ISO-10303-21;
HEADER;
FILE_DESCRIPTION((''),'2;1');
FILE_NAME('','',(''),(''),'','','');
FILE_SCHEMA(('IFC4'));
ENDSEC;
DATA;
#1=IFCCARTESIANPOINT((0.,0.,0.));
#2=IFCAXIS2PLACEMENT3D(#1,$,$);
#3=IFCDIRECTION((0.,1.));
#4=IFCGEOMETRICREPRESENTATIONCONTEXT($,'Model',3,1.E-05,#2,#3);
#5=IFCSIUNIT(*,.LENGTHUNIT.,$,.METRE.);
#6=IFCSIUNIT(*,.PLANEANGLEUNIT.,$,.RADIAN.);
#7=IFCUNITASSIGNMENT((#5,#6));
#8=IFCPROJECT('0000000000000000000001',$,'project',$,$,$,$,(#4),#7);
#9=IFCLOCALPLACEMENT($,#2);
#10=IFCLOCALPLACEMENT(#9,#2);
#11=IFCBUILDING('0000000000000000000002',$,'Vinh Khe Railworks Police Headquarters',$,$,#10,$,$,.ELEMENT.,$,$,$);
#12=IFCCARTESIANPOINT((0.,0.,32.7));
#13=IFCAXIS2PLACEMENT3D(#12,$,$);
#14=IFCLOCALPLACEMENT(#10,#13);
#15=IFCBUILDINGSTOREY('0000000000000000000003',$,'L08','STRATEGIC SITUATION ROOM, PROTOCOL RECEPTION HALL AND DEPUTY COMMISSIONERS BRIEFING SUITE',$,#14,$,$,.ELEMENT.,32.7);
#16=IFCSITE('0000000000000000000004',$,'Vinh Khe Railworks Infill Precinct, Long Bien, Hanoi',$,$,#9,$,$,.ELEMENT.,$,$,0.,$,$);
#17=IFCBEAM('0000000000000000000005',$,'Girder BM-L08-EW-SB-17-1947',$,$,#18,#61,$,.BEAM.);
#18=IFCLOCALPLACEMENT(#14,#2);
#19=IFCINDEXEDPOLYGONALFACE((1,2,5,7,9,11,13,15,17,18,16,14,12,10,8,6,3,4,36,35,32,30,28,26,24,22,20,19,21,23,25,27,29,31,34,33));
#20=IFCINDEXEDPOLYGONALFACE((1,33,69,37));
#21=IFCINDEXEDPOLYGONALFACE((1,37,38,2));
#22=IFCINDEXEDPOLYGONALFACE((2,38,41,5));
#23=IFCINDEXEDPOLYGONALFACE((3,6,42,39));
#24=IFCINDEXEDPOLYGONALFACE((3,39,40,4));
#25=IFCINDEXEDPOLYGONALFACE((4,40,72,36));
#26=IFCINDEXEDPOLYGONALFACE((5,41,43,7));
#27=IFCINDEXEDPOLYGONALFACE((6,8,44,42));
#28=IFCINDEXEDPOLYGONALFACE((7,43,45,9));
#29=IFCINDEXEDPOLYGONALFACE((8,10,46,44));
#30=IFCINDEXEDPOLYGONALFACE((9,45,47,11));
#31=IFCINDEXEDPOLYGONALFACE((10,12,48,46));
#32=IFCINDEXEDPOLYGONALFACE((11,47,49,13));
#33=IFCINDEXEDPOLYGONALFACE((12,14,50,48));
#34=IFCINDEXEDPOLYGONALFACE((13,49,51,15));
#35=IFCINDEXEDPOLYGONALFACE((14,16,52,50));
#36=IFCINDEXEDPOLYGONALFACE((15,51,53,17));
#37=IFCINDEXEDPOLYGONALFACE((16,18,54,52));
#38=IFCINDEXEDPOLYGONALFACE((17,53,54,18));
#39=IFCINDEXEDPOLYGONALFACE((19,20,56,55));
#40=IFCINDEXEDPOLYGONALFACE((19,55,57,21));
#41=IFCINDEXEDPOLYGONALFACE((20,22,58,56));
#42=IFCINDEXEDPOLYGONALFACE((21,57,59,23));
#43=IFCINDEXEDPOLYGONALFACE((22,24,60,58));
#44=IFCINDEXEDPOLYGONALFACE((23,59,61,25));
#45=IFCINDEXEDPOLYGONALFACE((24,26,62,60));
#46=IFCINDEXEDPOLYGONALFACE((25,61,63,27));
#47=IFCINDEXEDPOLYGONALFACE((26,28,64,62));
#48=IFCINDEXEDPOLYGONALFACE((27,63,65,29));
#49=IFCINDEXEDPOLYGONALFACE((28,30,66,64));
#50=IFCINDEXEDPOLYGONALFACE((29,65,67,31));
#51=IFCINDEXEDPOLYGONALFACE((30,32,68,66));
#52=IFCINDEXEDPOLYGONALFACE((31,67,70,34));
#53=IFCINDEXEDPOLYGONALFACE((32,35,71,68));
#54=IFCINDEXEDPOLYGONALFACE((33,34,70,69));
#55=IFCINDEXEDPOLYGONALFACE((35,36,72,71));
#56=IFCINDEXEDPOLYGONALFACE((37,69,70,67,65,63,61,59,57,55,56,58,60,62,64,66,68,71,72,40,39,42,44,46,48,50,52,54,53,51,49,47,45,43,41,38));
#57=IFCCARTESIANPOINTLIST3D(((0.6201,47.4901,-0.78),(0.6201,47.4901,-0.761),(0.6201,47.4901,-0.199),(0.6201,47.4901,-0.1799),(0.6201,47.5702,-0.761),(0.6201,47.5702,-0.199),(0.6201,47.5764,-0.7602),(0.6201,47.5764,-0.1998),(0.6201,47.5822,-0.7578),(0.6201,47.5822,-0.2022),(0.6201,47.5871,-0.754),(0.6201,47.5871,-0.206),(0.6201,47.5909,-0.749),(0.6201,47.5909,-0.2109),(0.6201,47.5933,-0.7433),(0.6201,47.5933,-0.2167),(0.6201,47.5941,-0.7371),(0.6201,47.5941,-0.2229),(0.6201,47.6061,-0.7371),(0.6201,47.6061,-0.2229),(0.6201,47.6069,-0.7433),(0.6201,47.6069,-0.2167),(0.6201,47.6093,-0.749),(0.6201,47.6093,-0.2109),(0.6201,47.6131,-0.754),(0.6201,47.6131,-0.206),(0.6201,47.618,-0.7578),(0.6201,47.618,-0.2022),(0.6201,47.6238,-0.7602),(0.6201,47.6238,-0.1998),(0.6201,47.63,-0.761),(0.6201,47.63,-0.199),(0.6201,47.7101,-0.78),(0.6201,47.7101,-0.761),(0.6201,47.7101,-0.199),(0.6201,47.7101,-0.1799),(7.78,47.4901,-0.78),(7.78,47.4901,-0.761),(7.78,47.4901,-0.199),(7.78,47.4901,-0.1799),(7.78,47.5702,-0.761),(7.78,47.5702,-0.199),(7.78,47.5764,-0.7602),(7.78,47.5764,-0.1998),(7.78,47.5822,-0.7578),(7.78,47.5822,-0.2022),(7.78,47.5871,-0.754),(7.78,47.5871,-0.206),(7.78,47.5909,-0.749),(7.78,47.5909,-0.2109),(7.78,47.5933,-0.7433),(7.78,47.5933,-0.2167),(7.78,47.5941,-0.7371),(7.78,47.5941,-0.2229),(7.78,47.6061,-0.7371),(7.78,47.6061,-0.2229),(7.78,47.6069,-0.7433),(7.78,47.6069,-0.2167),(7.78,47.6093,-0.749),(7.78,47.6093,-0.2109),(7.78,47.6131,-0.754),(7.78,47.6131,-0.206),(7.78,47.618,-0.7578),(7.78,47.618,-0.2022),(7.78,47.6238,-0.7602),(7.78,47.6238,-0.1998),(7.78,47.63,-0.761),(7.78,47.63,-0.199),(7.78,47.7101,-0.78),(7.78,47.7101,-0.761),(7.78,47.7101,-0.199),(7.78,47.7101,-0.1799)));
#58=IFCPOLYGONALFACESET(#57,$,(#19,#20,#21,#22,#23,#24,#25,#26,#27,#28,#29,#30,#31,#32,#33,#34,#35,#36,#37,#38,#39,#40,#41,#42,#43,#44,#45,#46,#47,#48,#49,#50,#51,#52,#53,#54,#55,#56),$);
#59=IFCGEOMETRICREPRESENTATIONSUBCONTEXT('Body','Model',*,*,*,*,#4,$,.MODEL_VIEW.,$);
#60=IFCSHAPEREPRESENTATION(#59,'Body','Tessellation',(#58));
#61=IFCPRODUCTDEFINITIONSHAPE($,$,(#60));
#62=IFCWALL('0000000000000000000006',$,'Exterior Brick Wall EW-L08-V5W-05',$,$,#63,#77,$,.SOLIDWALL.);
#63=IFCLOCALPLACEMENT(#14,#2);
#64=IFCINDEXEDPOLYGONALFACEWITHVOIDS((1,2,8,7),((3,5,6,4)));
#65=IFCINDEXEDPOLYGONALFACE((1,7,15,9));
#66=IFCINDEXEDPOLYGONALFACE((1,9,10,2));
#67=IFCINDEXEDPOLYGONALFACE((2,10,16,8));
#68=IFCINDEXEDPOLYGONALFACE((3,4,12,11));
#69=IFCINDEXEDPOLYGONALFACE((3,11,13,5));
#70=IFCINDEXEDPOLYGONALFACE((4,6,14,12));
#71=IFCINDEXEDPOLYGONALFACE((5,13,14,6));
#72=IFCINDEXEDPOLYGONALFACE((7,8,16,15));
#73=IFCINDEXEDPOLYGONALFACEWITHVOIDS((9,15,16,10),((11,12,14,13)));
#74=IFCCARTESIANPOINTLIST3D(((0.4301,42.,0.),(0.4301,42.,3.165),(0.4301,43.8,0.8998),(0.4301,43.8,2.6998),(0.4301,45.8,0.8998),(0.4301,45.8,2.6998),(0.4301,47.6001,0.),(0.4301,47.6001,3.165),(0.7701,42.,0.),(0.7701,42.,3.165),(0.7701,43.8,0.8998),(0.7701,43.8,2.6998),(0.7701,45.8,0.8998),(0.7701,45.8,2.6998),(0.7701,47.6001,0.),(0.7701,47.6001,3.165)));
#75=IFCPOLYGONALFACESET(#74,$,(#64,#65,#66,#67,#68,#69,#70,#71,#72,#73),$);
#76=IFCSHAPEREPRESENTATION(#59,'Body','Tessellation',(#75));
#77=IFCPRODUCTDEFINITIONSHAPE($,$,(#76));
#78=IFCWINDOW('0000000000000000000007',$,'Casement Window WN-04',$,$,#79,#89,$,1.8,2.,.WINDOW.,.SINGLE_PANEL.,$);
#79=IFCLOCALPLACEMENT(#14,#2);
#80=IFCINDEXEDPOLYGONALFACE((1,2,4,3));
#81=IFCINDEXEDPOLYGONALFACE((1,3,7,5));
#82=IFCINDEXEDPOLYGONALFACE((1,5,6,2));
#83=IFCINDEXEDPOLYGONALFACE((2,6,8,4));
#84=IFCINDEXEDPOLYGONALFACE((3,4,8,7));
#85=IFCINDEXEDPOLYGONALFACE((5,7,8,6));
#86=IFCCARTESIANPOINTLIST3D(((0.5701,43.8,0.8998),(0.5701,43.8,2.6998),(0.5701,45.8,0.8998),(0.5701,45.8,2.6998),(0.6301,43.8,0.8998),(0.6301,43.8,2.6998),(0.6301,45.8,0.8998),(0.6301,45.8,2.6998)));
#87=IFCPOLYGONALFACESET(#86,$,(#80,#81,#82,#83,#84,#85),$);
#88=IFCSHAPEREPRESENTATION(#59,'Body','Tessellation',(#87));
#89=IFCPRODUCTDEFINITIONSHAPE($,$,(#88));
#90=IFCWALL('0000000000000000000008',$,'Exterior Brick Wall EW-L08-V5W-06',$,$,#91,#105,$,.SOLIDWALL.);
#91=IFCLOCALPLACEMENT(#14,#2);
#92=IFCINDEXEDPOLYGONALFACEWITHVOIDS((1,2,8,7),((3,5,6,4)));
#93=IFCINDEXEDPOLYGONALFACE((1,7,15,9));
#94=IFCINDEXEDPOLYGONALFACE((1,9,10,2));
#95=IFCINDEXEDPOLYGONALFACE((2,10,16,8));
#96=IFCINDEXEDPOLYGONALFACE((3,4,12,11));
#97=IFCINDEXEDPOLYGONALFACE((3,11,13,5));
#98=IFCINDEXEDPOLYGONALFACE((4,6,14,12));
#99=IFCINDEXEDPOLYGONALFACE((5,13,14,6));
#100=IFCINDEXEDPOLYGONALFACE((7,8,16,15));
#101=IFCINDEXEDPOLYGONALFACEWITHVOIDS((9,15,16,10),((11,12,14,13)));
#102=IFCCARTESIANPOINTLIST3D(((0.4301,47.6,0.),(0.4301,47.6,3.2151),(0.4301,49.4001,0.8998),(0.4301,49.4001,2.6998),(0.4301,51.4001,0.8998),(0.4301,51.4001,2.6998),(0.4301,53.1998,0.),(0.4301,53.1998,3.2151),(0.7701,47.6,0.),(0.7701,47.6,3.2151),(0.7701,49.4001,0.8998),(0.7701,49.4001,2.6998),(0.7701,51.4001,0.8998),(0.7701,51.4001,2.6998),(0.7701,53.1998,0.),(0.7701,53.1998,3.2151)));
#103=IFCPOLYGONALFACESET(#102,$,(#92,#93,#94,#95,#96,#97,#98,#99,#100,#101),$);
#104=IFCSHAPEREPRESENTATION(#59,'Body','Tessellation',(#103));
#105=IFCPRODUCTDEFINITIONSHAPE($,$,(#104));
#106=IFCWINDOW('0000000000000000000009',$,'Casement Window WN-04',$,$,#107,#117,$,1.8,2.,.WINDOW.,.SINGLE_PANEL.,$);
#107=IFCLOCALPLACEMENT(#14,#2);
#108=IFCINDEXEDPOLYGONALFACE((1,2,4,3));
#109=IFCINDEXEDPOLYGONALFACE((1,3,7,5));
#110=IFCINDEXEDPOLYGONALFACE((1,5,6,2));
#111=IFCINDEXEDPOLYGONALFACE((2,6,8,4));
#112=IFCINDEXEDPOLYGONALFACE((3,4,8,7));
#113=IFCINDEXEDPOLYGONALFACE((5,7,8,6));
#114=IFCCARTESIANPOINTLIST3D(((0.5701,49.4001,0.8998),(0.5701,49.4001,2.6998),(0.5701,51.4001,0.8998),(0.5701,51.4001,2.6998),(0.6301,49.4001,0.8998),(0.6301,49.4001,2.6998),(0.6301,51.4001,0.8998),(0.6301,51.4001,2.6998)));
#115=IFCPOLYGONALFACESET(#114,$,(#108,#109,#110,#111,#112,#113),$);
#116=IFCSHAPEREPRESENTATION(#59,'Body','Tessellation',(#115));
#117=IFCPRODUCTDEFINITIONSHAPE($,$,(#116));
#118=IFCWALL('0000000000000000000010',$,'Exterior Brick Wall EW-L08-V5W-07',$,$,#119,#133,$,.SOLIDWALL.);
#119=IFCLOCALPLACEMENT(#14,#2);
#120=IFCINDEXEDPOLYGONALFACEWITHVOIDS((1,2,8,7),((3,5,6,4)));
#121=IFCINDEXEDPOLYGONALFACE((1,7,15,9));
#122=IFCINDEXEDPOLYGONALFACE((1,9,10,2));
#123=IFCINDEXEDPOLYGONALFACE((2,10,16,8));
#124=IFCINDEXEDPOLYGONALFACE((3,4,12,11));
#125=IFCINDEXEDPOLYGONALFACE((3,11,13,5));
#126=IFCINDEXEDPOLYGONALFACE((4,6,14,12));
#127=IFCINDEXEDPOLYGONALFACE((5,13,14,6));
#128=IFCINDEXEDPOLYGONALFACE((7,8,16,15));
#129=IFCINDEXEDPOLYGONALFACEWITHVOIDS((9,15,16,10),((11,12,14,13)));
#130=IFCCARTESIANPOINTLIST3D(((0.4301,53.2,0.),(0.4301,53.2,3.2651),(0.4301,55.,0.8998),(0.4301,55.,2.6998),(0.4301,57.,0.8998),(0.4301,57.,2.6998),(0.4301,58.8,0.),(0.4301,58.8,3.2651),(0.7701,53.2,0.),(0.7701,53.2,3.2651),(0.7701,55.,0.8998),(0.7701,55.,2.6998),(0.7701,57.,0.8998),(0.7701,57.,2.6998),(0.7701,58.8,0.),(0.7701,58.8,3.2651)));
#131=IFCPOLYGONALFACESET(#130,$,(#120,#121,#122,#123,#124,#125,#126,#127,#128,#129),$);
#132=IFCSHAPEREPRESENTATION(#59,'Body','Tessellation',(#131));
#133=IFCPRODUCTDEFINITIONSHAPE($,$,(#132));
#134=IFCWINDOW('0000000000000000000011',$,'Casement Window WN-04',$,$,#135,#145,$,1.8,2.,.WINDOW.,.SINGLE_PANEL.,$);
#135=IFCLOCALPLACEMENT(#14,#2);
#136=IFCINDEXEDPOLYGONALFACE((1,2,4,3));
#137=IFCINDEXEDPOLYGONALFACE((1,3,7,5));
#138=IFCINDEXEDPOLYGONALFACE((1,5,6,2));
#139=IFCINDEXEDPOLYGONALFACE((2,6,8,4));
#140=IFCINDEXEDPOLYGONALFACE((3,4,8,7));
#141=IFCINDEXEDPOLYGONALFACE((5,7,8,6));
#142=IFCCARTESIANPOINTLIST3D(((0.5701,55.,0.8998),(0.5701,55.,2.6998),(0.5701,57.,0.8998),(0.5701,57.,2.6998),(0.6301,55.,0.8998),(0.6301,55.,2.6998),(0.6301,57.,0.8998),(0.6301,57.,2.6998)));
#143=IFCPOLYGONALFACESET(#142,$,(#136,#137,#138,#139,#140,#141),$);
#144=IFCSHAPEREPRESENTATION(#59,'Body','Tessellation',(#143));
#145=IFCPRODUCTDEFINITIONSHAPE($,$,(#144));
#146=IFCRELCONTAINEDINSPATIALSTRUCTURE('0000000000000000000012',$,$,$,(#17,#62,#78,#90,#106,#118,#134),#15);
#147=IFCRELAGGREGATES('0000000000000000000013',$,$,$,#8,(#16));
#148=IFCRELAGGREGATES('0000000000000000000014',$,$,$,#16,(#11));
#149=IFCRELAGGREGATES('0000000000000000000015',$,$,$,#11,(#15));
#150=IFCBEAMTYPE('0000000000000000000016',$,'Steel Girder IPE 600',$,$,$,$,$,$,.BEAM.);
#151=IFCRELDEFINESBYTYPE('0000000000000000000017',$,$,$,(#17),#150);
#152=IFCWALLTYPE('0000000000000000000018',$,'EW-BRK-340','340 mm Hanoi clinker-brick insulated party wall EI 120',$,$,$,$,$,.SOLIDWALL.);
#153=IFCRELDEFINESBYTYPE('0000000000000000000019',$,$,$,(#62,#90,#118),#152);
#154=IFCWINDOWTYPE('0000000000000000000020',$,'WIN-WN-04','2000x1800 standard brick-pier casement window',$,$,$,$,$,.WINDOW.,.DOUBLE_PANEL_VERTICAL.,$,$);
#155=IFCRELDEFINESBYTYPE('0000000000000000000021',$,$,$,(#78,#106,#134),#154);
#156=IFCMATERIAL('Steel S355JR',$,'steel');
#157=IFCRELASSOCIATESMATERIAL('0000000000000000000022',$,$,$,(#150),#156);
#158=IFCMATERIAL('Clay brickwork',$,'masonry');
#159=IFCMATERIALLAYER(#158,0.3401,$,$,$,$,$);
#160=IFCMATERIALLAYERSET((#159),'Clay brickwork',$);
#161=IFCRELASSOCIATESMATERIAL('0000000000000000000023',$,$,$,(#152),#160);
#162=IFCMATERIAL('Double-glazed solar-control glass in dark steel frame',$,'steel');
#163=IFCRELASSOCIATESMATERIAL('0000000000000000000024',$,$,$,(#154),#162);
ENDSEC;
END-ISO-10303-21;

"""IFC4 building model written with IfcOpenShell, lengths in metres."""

from ifc_helpers import new_model, si_unit, direction, frame, frame_2d, origin, origin_2d, place, context, subcontext, project, spatial, rectangle, i_section, extrude, material, layer, layer_set, material_profile, profile_set, type_object, element, fill, save


model = new_model("IFC4")

# Units and contexts
model_context = context("Model", 3, precision=1e-05, world=origin(), true_north=direction((0.0, 1.0)))
body_context = subcontext(model_context, "Body", "Model", "MODEL_VIEW")
ifc_project = project(units=[si_unit("LENGTHUNIT", "METRE"), si_unit("PLANEANGLEUNIT", "RADIAN")], contexts=[model_context])

# Site, building, storey
site_placement = place(None, origin())
site = spatial("IfcSite", under=ifc_project, at=site_placement, Name="Vinh Khe Railworks Infill Precinct, Long Bien, Hanoi", CompositionType="ELEMENT", RefElevation=0.0)
building_placement = place(site_placement, origin())
building = spatial("IfcBuilding", under=site, at=building_placement, Name="Vinh Khe Railworks Police Headquarters", CompositionType="ELEMENT")
storey_placement = place(building_placement, frame((0.0, 0.0, 32.7)))
storey = spatial("IfcBuildingStorey", under=building, at=storey_placement, Name="L08", Description="STRATEGIC SITUATION ROOM, PROTOCOL RECEPTION HALL AND DEPUTY COMMISSIONERS BRIEFING SUITE", CompositionType="ELEMENT", Elevation=32.7)

# Shared definitions
ifc_material_1 = material(Name="Steel S355JR", Category="steel")

# Beam
ifc_material_profile_1 = material_profile(ifc_material_1, i_section(OverallWidth=0.22, OverallDepth=0.6001, WebThickness=0.012, FlangeThickness=0.019, FilletRadius=0.0239, at=origin_2d()), Name="IPE 600")
ifc_profile_set_1 = profile_set([ifc_material_profile_1], Name="Steel S355JR")
beam_type_1 = type_object("IfcBeamType", Name="Steel Girder IPE 600", PredefinedType="BEAM", material=ifc_profile_set_1)
beam_1_placement = place(storey_placement, frame((0.6201, 47.6001, -0.48), z_axis=(1.0, 0.0, 0.0), x_axis=(0.0, 1.0, 0.0)))
element("IfcBeam", 1, at=beam_1_placement, inside=storey, type_object=beam_type_1, Name="Girder BM-L08-EW-SB-17-1947", PredefinedType="BEAM", context=body_context, shape_type="SweptSolid", body=[
    extrude(i_section(OverallWidth=0.22, OverallDepth=0.6001, WebThickness=0.012, FlangeThickness=0.019, FilletRadius=0.0239, at=origin_2d()), origin(), (0.0, 0.0, 1.0), 7.1599),
])

# Walls, openings, windows
ifc_material_2 = material(Name="Clay brickwork", Category="masonry")
ifc_layer = layer(ifc_material_2, 0.3401)
ifc_layer_set = layer_set([ifc_layer], Name="Clay brickwork")
wall_type = type_object("IfcWallType", Name="EW-BRK-340", Description="340 mm Hanoi clinker-brick insulated party wall EI 120", PredefinedType="SOLIDWALL", material=ifc_layer_set)
wall_1_placement = place(storey_placement, frame((0.6001, 42.0, 0.0), z_axis=(0.0, 0.0, 1.0), x_axis=(0.0, 1.0, 0.0)))
wall_1 = element("IfcWall", 2, at=wall_1_placement, inside=storey, type_object=wall_type, Name="Exterior Brick Wall EW-L08-V5W-05", PredefinedType="SOLIDWALL", context=body_context, shape_type="SweptSolid", body=[
    extrude(rectangle(XDim=5.6001, YDim=0.3401, at=frame_2d((2.8, 0.0))), origin(), (0.0, 0.0, 1.0), 3.165),
])
opening_1_placement = place(wall_1_placement, frame((1.8, 0.0, 0.8999)))
opening_1 = element("IfcOpeningElement", 3, at=opening_1_placement, cuts=wall_1, PredefinedType="OPENING", context=body_context, shape_type="SweptSolid", body=[
    extrude(rectangle(XDim=2.0, YDim=1.8, at=frame_2d((1.0, 0.8999))), frame((0.0, 0.1851, 0.0), z_axis=(0.0, -1.0, 0.0), x_axis=(1.0, 0.0, 0.0)), (0.0, 0.0, 1.0), 0.3699),
])
ifc_material_3 = material(Name="Double-glazed solar-control glass in dark steel frame", Category="steel")
window_type = type_object("IfcWindowType", Name="WIN-WN-04", Description="2000x1800 standard brick-pier casement window", PartitioningType="DOUBLE_PANEL_VERTICAL", PredefinedType="WINDOW", material=ifc_material_3)
window_1_placement = place(opening_1_placement, origin())
window_1 = element("IfcWindow", 4, at=window_1_placement, inside=storey, type_object=window_type, Name="Casement Window WN-04", OverallHeight=1.8, OverallWidth=2.0, PartitioningType="SINGLE_PANEL", PredefinedType="WINDOW", context=body_context, shape_type="SweptSolid", body=[
    extrude(rectangle(XDim=2.0, YDim=1.8, at=frame_2d((1.0, 0.8999))), frame((0.0, 0.03, 0.0), z_axis=(0.0, -1.0, 0.0), x_axis=(1.0, 0.0, 0.0)), (0.0, 0.0, 1.0), 0.0601),
])
fill(opening_1, window_1)
wall_2_placement = place(storey_placement, frame((0.6001, 47.6001, 0.0), z_axis=(0.0, 0.0, 1.0), x_axis=(0.0, 1.0, 0.0)))
wall_2 = element("IfcWall", 5, at=wall_2_placement, inside=storey, type_object=wall_type, Name="Exterior Brick Wall EW-L08-V5W-06", PredefinedType="SOLIDWALL", context=body_context, shape_type="SweptSolid", body=[
    extrude(rectangle(XDim=5.5999, YDim=0.3401, at=frame_2d((2.7998, 0.0))), origin(), (0.0, 0.0, 1.0), 3.2151),
])
opening_2_placement = place(wall_2_placement, frame((1.8, 0.0, 0.8999)))
opening_2 = element("IfcOpeningElement", 6, at=opening_2_placement, cuts=wall_2, PredefinedType="OPENING", context=body_context, shape_type="SweptSolid", body=[
    extrude(rectangle(XDim=2.0, YDim=1.8, at=frame_2d((1.0, 0.8999))), frame((0.0, 0.1851, 0.0), z_axis=(0.0, -1.0, 0.0), x_axis=(1.0, 0.0, 0.0)), (0.0, 0.0, 1.0), 0.3699),
])
window_2_placement = place(opening_2_placement, origin())
window_2 = element("IfcWindow", 7, at=window_2_placement, inside=storey, type_object=window_type, Name="Casement Window WN-04", OverallHeight=1.8, OverallWidth=2.0, PartitioningType="SINGLE_PANEL", PredefinedType="WINDOW", context=body_context, shape_type="SweptSolid", body=[
    extrude(rectangle(XDim=2.0, YDim=1.8, at=frame_2d((1.0, 0.8999))), frame((0.0, 0.03, 0.0), z_axis=(0.0, -1.0, 0.0), x_axis=(1.0, 0.0, 0.0)), (0.0, 0.0, 1.0), 0.0601),
])
fill(opening_2, window_2)
wall_3_placement = place(storey_placement, frame((0.6001, 53.2, 0.0), z_axis=(0.0, 0.0, 1.0), x_axis=(0.0, 1.0, 0.0)))
wall_3 = element("IfcWall", 8, at=wall_3_placement, inside=storey, type_object=wall_type, Name="Exterior Brick Wall EW-L08-V5W-07", PredefinedType="SOLIDWALL", context=body_context, shape_type="SweptSolid", body=[
    extrude(rectangle(XDim=5.6001, YDim=0.3401, at=frame_2d((2.8, 0.0))), origin(), (0.0, 0.0, 1.0), 3.2651),
])
opening_3_placement = place(wall_3_placement, frame((1.8, 0.0, 0.8999)))
opening_3 = element("IfcOpeningElement", 9, at=opening_3_placement, cuts=wall_3, PredefinedType="OPENING", context=body_context, shape_type="SweptSolid", body=[
    extrude(rectangle(XDim=2.0, YDim=1.8, at=frame_2d((1.0, 0.8999))), frame((0.0, 0.1851, 0.0), z_axis=(0.0, -1.0, 0.0), x_axis=(1.0, 0.0, 0.0)), (0.0, 0.0, 1.0), 0.3699),
])
window_3_placement = place(opening_3_placement, origin())
window_3 = element("IfcWindow", 10, at=window_3_placement, inside=storey, type_object=window_type, Name="Casement Window WN-04", OverallHeight=1.8, OverallWidth=2.0, PartitioningType="SINGLE_PANEL", PredefinedType="WINDOW", context=body_context, shape_type="SweptSolid", body=[
    extrude(rectangle(XDim=2.0, YDim=1.8, at=frame_2d((1.0, 0.8999))), frame((0.0, 0.03, 0.0), z_axis=(0.0, -1.0, 0.0), x_axis=(1.0, 0.0, 0.0)), (0.0, 0.0, 1.0), 0.0601),
])
fill(opening_3, window_3)

save(model, "model.ifc")
